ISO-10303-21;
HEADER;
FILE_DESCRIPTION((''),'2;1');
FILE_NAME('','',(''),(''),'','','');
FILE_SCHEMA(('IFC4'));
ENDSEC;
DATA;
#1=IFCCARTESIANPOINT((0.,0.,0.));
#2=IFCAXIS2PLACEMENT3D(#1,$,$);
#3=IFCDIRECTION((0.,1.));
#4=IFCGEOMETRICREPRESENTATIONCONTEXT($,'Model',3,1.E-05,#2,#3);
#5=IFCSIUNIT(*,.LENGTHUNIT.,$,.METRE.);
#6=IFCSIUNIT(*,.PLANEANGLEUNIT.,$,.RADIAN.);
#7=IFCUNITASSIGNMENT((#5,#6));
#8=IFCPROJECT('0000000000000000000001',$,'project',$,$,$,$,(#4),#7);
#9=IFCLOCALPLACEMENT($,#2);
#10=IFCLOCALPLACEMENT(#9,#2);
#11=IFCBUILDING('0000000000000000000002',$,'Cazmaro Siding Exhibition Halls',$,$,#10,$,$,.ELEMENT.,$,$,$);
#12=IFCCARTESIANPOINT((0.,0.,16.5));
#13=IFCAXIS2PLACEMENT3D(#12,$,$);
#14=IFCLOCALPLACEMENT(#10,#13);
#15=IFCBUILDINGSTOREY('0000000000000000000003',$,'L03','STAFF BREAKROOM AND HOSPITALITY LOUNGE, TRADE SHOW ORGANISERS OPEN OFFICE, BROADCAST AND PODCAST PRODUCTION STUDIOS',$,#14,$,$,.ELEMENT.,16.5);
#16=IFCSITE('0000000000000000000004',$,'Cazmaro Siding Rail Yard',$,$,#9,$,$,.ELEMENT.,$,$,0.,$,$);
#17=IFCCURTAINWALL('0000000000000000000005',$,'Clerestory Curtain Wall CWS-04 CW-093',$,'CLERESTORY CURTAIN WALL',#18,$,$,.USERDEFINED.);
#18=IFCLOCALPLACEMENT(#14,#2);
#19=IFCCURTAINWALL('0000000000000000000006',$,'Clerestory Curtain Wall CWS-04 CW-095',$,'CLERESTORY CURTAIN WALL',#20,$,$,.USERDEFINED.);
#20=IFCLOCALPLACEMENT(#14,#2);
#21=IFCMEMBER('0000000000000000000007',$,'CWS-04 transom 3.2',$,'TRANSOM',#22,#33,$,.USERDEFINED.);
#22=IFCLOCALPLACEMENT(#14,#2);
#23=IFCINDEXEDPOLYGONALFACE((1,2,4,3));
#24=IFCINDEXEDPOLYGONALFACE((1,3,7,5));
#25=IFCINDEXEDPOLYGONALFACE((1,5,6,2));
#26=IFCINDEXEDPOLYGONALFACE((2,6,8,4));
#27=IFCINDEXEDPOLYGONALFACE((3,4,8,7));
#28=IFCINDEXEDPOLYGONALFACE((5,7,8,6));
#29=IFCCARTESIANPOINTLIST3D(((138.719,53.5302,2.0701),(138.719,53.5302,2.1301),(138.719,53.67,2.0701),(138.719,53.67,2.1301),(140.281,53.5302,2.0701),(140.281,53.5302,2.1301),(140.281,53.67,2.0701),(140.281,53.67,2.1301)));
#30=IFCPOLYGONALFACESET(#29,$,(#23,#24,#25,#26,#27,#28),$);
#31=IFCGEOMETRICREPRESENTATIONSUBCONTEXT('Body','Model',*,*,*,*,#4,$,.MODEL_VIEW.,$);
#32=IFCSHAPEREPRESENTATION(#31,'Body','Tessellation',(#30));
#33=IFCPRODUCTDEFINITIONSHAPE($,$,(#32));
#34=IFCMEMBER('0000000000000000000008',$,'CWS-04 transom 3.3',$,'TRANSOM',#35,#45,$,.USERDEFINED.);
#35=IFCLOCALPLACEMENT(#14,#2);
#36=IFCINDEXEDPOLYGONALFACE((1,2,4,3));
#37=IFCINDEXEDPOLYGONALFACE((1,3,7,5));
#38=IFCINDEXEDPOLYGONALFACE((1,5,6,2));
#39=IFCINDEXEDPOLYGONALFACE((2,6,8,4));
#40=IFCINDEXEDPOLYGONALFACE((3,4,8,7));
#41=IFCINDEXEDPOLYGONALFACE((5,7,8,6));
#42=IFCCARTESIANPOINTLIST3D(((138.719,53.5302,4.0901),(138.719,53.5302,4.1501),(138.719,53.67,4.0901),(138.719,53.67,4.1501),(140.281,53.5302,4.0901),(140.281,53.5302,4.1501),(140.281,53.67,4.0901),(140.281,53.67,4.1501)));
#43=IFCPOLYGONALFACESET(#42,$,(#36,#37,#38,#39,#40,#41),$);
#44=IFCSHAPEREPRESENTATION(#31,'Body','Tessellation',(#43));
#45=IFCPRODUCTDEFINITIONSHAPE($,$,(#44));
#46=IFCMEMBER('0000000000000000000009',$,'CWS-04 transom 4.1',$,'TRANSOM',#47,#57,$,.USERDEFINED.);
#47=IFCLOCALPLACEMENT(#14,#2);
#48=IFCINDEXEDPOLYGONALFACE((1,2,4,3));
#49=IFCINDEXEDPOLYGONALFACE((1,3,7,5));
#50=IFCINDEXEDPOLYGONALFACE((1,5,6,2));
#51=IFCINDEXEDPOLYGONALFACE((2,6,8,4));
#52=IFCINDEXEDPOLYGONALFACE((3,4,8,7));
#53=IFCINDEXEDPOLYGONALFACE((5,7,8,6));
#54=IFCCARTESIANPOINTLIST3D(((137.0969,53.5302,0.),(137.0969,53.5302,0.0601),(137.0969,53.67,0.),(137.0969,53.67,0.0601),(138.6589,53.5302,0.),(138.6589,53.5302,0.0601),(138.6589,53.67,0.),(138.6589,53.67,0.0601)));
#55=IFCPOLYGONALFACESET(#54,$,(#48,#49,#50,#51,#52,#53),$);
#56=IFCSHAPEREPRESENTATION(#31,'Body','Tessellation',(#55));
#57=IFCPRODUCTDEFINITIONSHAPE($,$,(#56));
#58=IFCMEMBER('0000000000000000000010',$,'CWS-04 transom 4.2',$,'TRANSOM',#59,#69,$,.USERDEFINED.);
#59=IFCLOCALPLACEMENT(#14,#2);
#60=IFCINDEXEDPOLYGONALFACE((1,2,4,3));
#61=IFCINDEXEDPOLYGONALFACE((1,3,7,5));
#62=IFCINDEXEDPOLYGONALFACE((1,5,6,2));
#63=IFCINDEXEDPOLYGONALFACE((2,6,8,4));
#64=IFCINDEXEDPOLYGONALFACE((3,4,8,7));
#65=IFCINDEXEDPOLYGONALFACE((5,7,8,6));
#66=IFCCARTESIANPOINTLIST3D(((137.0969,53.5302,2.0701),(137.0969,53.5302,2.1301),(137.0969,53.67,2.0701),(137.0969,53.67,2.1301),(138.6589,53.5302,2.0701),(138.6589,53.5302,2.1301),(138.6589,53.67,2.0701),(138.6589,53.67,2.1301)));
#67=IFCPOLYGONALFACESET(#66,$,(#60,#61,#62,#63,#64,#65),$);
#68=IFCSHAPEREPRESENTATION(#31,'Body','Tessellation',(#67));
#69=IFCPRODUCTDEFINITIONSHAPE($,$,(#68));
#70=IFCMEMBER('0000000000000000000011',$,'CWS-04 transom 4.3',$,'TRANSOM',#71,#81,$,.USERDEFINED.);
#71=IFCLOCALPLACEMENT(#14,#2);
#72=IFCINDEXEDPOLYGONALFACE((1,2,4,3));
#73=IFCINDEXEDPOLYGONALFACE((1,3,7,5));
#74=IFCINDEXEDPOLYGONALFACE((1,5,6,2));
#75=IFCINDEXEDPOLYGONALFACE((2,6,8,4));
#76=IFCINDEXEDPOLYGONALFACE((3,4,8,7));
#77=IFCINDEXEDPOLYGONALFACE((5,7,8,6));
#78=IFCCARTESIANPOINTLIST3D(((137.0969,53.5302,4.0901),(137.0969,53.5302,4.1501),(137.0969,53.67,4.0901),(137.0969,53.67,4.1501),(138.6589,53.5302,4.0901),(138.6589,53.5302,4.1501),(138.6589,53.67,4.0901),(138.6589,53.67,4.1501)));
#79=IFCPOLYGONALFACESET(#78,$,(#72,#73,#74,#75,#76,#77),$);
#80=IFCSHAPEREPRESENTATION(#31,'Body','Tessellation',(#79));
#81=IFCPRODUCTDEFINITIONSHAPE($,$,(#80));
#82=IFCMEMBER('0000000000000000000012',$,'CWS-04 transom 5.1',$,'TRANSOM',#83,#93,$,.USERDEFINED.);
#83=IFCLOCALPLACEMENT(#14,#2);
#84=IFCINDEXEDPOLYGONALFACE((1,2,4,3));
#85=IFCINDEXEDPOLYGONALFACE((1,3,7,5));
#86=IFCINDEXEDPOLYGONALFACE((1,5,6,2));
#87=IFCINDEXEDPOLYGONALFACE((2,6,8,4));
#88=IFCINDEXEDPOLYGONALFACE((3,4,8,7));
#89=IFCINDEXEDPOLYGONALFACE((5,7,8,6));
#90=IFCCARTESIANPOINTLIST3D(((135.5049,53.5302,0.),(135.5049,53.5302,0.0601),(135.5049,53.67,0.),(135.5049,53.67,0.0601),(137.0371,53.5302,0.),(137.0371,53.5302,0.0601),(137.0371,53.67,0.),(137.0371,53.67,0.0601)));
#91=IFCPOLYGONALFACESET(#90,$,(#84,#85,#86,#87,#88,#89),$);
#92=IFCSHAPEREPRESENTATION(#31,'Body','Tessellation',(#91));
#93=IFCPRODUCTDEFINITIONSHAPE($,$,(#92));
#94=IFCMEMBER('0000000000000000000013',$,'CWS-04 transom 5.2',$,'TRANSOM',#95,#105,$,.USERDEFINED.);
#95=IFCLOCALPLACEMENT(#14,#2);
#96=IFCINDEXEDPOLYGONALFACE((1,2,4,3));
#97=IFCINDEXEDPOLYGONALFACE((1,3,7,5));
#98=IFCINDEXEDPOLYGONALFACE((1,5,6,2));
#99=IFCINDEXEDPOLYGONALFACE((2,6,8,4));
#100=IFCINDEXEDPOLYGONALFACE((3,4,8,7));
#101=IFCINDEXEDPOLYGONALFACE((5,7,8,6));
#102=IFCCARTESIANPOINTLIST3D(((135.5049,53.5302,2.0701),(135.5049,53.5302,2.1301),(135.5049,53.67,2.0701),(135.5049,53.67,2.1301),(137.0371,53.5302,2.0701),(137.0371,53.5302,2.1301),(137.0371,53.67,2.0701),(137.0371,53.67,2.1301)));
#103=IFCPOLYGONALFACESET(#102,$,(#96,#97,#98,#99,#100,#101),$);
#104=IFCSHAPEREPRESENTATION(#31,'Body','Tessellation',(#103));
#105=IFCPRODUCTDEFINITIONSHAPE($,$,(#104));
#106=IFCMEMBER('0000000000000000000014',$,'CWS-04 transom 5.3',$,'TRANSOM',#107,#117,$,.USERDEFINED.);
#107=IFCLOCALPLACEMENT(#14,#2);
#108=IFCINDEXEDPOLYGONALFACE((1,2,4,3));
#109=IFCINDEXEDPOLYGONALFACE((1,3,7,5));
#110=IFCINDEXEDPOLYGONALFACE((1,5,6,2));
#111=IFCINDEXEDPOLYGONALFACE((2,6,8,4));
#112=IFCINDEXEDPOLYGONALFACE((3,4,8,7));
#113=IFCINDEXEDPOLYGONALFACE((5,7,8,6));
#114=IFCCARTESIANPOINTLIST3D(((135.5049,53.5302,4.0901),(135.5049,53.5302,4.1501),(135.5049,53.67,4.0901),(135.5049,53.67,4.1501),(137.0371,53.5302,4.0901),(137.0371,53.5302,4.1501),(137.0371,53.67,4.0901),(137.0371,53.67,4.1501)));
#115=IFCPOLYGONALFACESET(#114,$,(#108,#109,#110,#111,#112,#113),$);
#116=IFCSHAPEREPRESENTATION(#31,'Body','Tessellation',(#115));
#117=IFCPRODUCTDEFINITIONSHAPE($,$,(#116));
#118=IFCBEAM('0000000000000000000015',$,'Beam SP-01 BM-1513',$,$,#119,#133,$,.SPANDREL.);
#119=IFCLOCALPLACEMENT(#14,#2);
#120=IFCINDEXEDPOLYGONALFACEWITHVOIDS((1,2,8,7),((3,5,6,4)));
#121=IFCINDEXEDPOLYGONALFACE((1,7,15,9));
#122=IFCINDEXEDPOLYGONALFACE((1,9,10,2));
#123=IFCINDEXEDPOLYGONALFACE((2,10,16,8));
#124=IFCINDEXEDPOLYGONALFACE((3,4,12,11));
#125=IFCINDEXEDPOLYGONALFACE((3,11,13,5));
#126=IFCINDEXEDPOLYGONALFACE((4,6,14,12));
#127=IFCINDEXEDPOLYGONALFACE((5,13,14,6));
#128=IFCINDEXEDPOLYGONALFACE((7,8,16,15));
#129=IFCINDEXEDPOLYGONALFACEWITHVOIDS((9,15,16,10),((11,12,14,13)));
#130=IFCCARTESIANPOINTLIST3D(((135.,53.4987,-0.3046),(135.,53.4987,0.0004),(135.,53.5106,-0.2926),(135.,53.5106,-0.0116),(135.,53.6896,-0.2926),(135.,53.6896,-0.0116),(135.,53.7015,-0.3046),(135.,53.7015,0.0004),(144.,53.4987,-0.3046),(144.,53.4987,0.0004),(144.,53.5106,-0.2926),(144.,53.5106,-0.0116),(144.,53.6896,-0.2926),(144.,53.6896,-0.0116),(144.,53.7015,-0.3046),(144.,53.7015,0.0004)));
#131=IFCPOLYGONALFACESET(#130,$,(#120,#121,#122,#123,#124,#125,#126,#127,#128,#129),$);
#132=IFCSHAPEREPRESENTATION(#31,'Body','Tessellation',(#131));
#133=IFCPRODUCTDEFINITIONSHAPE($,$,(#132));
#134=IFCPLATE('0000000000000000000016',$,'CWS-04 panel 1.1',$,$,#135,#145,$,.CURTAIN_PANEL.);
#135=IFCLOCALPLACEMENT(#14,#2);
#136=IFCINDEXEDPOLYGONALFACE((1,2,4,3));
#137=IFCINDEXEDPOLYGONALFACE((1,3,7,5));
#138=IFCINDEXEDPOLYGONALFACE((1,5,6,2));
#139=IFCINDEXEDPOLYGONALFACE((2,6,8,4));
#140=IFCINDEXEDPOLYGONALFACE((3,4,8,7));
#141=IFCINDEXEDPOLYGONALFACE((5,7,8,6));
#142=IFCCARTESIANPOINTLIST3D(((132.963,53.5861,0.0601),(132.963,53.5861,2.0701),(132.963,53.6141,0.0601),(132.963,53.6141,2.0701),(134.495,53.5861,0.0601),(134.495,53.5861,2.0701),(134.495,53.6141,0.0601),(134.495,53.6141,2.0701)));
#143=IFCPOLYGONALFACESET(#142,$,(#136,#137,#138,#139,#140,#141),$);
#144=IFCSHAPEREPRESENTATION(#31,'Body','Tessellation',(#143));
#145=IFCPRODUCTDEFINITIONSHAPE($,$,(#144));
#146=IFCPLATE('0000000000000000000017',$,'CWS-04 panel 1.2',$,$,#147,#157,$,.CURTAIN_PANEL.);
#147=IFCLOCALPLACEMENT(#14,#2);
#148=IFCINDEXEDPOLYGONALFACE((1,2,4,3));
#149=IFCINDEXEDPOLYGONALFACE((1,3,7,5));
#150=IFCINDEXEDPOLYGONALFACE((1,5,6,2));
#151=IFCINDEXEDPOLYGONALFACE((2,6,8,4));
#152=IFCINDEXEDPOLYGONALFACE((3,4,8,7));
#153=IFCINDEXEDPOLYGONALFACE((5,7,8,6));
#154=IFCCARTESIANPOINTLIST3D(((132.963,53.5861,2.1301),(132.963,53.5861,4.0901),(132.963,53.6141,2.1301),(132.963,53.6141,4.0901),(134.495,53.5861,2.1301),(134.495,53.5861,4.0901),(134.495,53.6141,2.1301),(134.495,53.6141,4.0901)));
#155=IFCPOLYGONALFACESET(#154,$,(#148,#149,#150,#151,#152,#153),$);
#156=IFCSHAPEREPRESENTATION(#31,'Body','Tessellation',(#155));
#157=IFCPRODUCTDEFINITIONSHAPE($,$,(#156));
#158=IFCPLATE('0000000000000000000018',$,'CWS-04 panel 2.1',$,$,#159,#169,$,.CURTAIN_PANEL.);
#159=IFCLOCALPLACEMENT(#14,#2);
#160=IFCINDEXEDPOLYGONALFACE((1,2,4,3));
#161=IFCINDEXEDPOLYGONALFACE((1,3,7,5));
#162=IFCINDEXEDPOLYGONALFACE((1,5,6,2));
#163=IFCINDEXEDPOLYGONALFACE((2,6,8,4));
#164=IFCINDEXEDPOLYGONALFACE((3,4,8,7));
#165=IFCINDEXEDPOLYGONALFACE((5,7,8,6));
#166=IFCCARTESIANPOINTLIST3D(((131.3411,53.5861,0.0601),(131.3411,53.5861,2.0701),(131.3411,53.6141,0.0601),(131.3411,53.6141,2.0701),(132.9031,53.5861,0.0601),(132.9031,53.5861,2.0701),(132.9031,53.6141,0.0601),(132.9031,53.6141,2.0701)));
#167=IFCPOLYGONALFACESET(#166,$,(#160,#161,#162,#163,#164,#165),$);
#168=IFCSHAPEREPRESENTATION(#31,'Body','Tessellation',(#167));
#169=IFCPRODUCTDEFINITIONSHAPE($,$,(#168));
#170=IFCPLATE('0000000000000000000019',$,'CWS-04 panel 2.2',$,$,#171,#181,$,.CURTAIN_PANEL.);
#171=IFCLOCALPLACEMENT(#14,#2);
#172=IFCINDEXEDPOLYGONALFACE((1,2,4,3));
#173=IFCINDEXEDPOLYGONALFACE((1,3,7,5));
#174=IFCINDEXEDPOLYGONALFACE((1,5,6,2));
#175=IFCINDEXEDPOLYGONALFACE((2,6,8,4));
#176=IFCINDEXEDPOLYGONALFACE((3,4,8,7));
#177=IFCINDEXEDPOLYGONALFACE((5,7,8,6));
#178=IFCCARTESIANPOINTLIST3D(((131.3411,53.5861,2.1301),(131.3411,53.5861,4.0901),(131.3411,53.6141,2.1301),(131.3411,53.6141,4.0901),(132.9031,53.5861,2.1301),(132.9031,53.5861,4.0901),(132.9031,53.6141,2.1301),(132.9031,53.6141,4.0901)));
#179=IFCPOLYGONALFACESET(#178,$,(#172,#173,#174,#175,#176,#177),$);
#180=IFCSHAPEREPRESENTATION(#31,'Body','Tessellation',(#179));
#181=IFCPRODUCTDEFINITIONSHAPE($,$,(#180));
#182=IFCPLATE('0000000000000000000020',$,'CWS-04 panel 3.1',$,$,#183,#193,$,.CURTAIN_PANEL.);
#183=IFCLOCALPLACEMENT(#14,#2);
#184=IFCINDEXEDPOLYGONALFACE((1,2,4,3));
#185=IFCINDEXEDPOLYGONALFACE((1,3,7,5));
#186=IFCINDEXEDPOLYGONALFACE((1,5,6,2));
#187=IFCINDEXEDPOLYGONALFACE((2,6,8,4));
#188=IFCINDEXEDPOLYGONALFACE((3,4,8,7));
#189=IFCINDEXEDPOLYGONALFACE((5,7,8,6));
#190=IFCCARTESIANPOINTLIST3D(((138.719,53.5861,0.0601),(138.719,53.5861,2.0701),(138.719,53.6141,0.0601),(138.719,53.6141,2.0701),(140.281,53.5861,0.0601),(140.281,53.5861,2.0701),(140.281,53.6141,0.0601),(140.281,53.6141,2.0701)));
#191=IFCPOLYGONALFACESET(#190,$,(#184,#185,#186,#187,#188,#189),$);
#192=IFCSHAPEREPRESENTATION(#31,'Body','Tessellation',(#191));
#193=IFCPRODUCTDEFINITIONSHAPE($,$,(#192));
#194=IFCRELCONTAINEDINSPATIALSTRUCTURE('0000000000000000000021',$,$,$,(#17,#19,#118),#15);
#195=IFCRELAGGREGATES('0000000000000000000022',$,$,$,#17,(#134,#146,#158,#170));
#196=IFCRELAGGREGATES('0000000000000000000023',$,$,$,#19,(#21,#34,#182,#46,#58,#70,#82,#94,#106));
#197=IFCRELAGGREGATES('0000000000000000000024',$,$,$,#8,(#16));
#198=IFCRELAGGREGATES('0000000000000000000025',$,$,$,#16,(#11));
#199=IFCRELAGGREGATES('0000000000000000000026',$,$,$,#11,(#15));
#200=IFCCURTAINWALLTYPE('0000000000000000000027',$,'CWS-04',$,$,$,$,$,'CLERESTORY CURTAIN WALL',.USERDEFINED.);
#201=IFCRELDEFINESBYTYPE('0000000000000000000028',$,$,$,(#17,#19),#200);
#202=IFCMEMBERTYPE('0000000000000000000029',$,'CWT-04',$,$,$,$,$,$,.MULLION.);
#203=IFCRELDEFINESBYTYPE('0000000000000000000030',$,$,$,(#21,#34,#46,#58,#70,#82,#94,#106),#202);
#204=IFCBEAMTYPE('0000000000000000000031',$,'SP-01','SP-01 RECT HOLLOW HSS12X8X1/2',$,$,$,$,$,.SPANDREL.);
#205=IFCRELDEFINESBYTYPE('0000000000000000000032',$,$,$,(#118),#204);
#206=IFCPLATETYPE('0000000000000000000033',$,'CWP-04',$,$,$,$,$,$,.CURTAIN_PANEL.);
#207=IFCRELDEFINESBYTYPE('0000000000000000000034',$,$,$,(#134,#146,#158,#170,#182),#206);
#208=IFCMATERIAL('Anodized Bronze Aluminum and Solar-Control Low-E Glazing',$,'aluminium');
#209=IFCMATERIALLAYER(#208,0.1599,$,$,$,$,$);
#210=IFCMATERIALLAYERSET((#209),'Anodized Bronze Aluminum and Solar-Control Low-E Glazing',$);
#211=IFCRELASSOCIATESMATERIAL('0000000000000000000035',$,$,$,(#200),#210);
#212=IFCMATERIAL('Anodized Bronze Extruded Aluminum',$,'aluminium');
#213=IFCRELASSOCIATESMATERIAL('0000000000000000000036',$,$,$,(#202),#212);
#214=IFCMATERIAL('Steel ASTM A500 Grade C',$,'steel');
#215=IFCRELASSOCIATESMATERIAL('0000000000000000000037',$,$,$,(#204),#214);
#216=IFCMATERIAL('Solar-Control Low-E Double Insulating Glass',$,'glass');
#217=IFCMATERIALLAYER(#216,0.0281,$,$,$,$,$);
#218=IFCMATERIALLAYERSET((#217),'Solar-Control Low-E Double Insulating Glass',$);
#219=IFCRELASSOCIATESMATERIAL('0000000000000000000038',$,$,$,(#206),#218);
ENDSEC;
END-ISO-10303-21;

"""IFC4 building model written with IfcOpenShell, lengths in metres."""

from ifc_helpers import new_model, si_unit, direction, frame, origin, origin_2d, place, context, subcontext, project, spatial, rectangle, hollow_rectangle, extrude, material, layer, layer_set, material_profile, profile_set, type_object, element, aggregate, save


model = new_model("IFC4")

# Units and contexts
model_context = context("Model", 3, precision=1e-05, world=origin(), true_north=direction((0.0, 1.0)))
body_context = subcontext(model_context, "Body", "Model", "MODEL_VIEW")
ifc_project = project(units=[si_unit("LENGTHUNIT", "METRE"), si_unit("PLANEANGLEUNIT", "RADIAN")], contexts=[model_context])

# Site, building, storey
site_placement = place(None, origin())
site = spatial("IfcSite", under=ifc_project, at=site_placement, Name="Cazmaro Siding Rail Yard", CompositionType="ELEMENT", RefElevation=0.0)
building_placement = place(site_placement, origin())
building = spatial("IfcBuilding", under=site, at=building_placement, Name="Cazmaro Siding Exhibition Halls", CompositionType="ELEMENT")
storey_placement = place(building_placement, frame((0.0, 0.0, 16.5)))
storey = spatial("IfcBuildingStorey", under=building, at=storey_placement, Name="L03", Description="STAFF BREAKROOM AND HOSPITALITY LOUNGE, TRADE SHOW ORGANISERS OPEN OFFICE, BROADCAST AND PODCAST PRODUCTION STUDIOS", CompositionType="ELEMENT", Elevation=16.5)

# Curtain walls
ifc_material_1 = material(Name="Anodized Bronze Aluminum and Solar-Control Low-E Glazing", Category="aluminium")
ifc_layer_1 = layer(ifc_material_1, 0.1599)
ifc_layer_set_1 = layer_set([ifc_layer_1], Name="Anodized Bronze Aluminum and Solar-Control Low-E Glazing")
curtain_wall_type = type_object("IfcCurtainWallType", Name="CWS-04", ElementType="CLERESTORY CURTAIN WALL", PredefinedType="USERDEFINED", material=ifc_layer_set_1)
curtain_wall_1_placement = place(storey_placement, origin())
curtain_wall_1 = element("IfcCurtainWall", 1, at=curtain_wall_1_placement, inside=storey, type_object=curtain_wall_type, Name="Clerestory Curtain Wall CWS-04 CW-093", ObjectType="CLERESTORY CURTAIN WALL", PredefinedType="USERDEFINED")
curtain_wall_2_placement = place(storey_placement, origin())
curtain_wall_2 = element("IfcCurtainWall", 2, at=curtain_wall_2_placement, inside=storey, type_object=curtain_wall_type, Name="Clerestory Curtain Wall CWS-04 CW-095", ObjectType="CLERESTORY CURTAIN WALL", PredefinedType="USERDEFINED")

# Members
ifc_material_2 = material(Name="Anodized Bronze Extruded Aluminum", Category="aluminium")
ifc_material_profile_1 = material_profile(ifc_material_2, rectangle(XDim=0.1399, YDim=0.0601, at=origin_2d()), Name="CWT-04")
ifc_profile_set_1 = profile_set([ifc_material_profile_1], Name="Anodized Bronze Extruded Aluminum")
member_type_1 = type_object("IfcMemberType", Name="CWT-04", PredefinedType="MULLION", material=ifc_profile_set_1)
member_1_placement = place(storey_placement, frame((140.281, 53.6001, 2.1001), z_axis=(-1.0, 0.0, 0.0), x_axis=(0.0, -1.0, 0.0)))
member_1 = element("IfcMember", 3, at=member_1_placement, type_object=member_type_1, Name="CWS-04 transom 3.2", ObjectType="TRANSOM", PredefinedType="USERDEFINED", context=body_context, shape_type="SweptSolid", body=[
    extrude(rectangle(XDim=0.1399, YDim=0.0601, at=origin_2d()), origin(), (0.0, 0.0, 1.0), 1.562),
])
member_2_placement = place(storey_placement, frame((140.281, 53.6001, 4.1201), z_axis=(-1.0, 0.0, 0.0), x_axis=(0.0, -1.0, 0.0)))
member_2 = element("IfcMember", 4, at=member_2_placement, type_object=member_type_1, Name="CWS-04 transom 3.3", ObjectType="TRANSOM", PredefinedType="USERDEFINED", context=body_context, shape_type="SweptSolid", body=[
    extrude(rectangle(XDim=0.1399, YDim=0.0601, at=origin_2d()), origin(), (0.0, 0.0, 1.0), 1.562),
])
member_3_placement = place(storey_placement, frame((138.6589, 53.6001, 0.03), z_axis=(-1.0, 0.0, 0.0), x_axis=(0.0, -1.0, 0.0)))
member_3 = element("IfcMember", 5, at=member_3_placement, type_object=member_type_1, Name="CWS-04 transom 4.1", ObjectType="TRANSOM", PredefinedType="USERDEFINED", context=body_context, shape_type="SweptSolid", body=[
    extrude(rectangle(XDim=0.1399, YDim=0.0601, at=origin_2d()), origin(), (0.0, 0.0, 1.0), 1.562),
])
member_4_placement = place(storey_placement, frame((138.6589, 53.6001, 2.1001), z_axis=(-1.0, 0.0, 0.0), x_axis=(0.0, -1.0, 0.0)))
member_4 = element("IfcMember", 6, at=member_4_placement, type_object=member_type_1, Name="CWS-04 transom 4.2", ObjectType="TRANSOM", PredefinedType="USERDEFINED", context=body_context, shape_type="SweptSolid", body=[
    extrude(rectangle(XDim=0.1399, YDim=0.0601, at=origin_2d()), origin(), (0.0, 0.0, 1.0), 1.562),
])
member_5_placement = place(storey_placement, frame((138.6589, 53.6001, 4.1201), z_axis=(-1.0, 0.0, 0.0), x_axis=(0.0, -1.0, 0.0)))
member_5 = element("IfcMember", 7, at=member_5_placement, type_object=member_type_1, Name="CWS-04 transom 4.3", ObjectType="TRANSOM", PredefinedType="USERDEFINED", context=body_context, shape_type="SweptSolid", body=[
    extrude(rectangle(XDim=0.1399, YDim=0.0601, at=origin_2d()), origin(), (0.0, 0.0, 1.0), 1.562),
])
member_6_placement = place(storey_placement, frame((137.0371, 53.6001, 0.03), z_axis=(-1.0, 0.0, 0.0), x_axis=(0.0, -1.0, 0.0)))
member_6 = element("IfcMember", 8, at=member_6_placement, type_object=member_type_1, Name="CWS-04 transom 5.1", ObjectType="TRANSOM", PredefinedType="USERDEFINED", context=body_context, shape_type="SweptSolid", body=[
    extrude(rectangle(XDim=0.1399, YDim=0.0601, at=origin_2d()), origin(), (0.0, 0.0, 1.0), 1.5322),
])
member_7_placement = place(storey_placement, frame((137.0371, 53.6001, 2.1001), z_axis=(-1.0, 0.0, 0.0), x_axis=(0.0, -1.0, 0.0)))
member_7 = element("IfcMember", 9, at=member_7_placement, type_object=member_type_1, Name="CWS-04 transom 5.2", ObjectType="TRANSOM", PredefinedType="USERDEFINED", context=body_context, shape_type="SweptSolid", body=[
    extrude(rectangle(XDim=0.1399, YDim=0.0601, at=origin_2d()), origin(), (0.0, 0.0, 1.0), 1.5322),
])
member_8_placement = place(storey_placement, frame((137.0371, 53.6001, 4.1201), z_axis=(-1.0, 0.0, 0.0), x_axis=(0.0, -1.0, 0.0)))
member_8 = element("IfcMember", 10, at=member_8_placement, type_object=member_type_1, Name="CWS-04 transom 5.3", ObjectType="TRANSOM", PredefinedType="USERDEFINED", context=body_context, shape_type="SweptSolid", body=[
    extrude(rectangle(XDim=0.1399, YDim=0.0601, at=origin_2d()), origin(), (0.0, 0.0, 1.0), 1.5322),
])

# Beam
ifc_material_3 = material(Name="Steel ASTM A500 Grade C", Category="steel")
ifc_material_profile_2 = material_profile(ifc_material_3, hollow_rectangle(XDim=0.2029, YDim=0.3049, WallThickness=0.012, at=origin_2d()), Name="HSS12X8X1/2")
ifc_profile_set_2 = profile_set([ifc_material_profile_2], Name="Steel ASTM A500 Grade C")
beam_type = type_object("IfcBeamType", Name="SP-01", Description="SP-01 RECT HOLLOW HSS12X8X1/2", PredefinedType="SPANDREL", material=ifc_profile_set_2)
beam_placement = place(storey_placement, frame((135.0, 53.6001, -0.1521), z_axis=(1.0, 0.0, 0.0), x_axis=(0.0, 1.0, 0.0)))
element("IfcBeam", 11, at=beam_placement, inside=storey, type_object=beam_type, Name="Beam SP-01 BM-1513", PredefinedType="SPANDREL", context=body_context, shape_type="SweptSolid", body=[
    extrude(hollow_rectangle(XDim=0.2029, YDim=0.3049, WallThickness=0.012, at=origin_2d()), origin(), (0.0, 0.0, 1.0), 9.0),
])

# Plates
ifc_material_4 = material(Name="Solar-Control Low-E Double Insulating Glass", Category="glass")
ifc_layer_2 = layer(ifc_material_4, 0.0281)
ifc_layer_set_2 = layer_set([ifc_layer_2], Name="Solar-Control Low-E Double Insulating Glass")
plate_type = type_object("IfcPlateType", Name="CWP-04", PredefinedType="CURTAIN_PANEL", material=ifc_layer_set_2)
plate_1_placement = place(storey_placement, frame((133.729, 53.6001, 0.0601), z_axis=(0.0, 0.0, 1.0), x_axis=(-1.0, 0.0, 0.0)))
plate_1 = element("IfcPlate", 12, at=plate_1_placement, type_object=plate_type, Name="CWS-04 panel 1.1", PredefinedType="CURTAIN_PANEL", context=body_context, shape_type="SweptSolid", body=[
    extrude(rectangle(XDim=1.532, YDim=0.0281, at=origin_2d()), origin(), (0.0, 0.0, 1.0), 2.01),
])
plate_2_placement = place(storey_placement, frame((133.729, 53.6001, 2.1301), z_axis=(0.0, 0.0, 1.0), x_axis=(-1.0, 0.0, 0.0)))
plate_2 = element("IfcPlate", 13, at=plate_2_placement, type_object=plate_type, Name="CWS-04 panel 1.2", PredefinedType="CURTAIN_PANEL", context=body_context, shape_type="SweptSolid", body=[
    extrude(rectangle(XDim=1.532, YDim=0.0281, at=origin_2d()), origin(), (0.0, 0.0, 1.0), 1.96),
])
plate_3_placement = place(storey_placement, frame((132.1221, 53.6001, 0.0601), z_axis=(0.0, 0.0, 1.0), x_axis=(-1.0, 0.0, 0.0)))
plate_3 = element("IfcPlate", 14, at=plate_3_placement, type_object=plate_type, Name="CWS-04 panel 2.1", PredefinedType="CURTAIN_PANEL", context=body_context, shape_type="SweptSolid", body=[
    extrude(rectangle(XDim=1.562, YDim=0.0281, at=origin_2d()), origin(), (0.0, 0.0, 1.0), 2.01),
])
plate_4_placement = place(storey_placement, frame((132.1221, 53.6001, 2.1301), z_axis=(0.0, 0.0, 1.0), x_axis=(-1.0, 0.0, 0.0)))
plate_4 = element("IfcPlate", 15, at=plate_4_placement, type_object=plate_type, Name="CWS-04 panel 2.2", PredefinedType="CURTAIN_PANEL", context=body_context, shape_type="SweptSolid", body=[
    extrude(rectangle(XDim=1.562, YDim=0.0281, at=origin_2d()), origin(), (0.0, 0.0, 1.0), 1.96),
])
aggregate(curtain_wall_1, [plate_1, plate_2, plate_3, plate_4])
plate_5_placement = place(storey_placement, frame((139.5, 53.6001, 0.0601), z_axis=(0.0, 0.0, 1.0), x_axis=(-1.0, 0.0, 0.0)))
plate_5 = element("IfcPlate", 16, at=plate_5_placement, type_object=plate_type, Name="CWS-04 panel 3.1", PredefinedType="CURTAIN_PANEL", context=body_context, shape_type="SweptSolid", body=[
    extrude(rectangle(XDim=1.562, YDim=0.0281, at=origin_2d()), origin(), (0.0, 0.0, 1.0), 2.01),
])
aggregate(curtain_wall_2, [member_1, member_2, plate_5, member_3, member_4, member_5, member_6, member_7, member_8])

save(model, "model.ifc")
